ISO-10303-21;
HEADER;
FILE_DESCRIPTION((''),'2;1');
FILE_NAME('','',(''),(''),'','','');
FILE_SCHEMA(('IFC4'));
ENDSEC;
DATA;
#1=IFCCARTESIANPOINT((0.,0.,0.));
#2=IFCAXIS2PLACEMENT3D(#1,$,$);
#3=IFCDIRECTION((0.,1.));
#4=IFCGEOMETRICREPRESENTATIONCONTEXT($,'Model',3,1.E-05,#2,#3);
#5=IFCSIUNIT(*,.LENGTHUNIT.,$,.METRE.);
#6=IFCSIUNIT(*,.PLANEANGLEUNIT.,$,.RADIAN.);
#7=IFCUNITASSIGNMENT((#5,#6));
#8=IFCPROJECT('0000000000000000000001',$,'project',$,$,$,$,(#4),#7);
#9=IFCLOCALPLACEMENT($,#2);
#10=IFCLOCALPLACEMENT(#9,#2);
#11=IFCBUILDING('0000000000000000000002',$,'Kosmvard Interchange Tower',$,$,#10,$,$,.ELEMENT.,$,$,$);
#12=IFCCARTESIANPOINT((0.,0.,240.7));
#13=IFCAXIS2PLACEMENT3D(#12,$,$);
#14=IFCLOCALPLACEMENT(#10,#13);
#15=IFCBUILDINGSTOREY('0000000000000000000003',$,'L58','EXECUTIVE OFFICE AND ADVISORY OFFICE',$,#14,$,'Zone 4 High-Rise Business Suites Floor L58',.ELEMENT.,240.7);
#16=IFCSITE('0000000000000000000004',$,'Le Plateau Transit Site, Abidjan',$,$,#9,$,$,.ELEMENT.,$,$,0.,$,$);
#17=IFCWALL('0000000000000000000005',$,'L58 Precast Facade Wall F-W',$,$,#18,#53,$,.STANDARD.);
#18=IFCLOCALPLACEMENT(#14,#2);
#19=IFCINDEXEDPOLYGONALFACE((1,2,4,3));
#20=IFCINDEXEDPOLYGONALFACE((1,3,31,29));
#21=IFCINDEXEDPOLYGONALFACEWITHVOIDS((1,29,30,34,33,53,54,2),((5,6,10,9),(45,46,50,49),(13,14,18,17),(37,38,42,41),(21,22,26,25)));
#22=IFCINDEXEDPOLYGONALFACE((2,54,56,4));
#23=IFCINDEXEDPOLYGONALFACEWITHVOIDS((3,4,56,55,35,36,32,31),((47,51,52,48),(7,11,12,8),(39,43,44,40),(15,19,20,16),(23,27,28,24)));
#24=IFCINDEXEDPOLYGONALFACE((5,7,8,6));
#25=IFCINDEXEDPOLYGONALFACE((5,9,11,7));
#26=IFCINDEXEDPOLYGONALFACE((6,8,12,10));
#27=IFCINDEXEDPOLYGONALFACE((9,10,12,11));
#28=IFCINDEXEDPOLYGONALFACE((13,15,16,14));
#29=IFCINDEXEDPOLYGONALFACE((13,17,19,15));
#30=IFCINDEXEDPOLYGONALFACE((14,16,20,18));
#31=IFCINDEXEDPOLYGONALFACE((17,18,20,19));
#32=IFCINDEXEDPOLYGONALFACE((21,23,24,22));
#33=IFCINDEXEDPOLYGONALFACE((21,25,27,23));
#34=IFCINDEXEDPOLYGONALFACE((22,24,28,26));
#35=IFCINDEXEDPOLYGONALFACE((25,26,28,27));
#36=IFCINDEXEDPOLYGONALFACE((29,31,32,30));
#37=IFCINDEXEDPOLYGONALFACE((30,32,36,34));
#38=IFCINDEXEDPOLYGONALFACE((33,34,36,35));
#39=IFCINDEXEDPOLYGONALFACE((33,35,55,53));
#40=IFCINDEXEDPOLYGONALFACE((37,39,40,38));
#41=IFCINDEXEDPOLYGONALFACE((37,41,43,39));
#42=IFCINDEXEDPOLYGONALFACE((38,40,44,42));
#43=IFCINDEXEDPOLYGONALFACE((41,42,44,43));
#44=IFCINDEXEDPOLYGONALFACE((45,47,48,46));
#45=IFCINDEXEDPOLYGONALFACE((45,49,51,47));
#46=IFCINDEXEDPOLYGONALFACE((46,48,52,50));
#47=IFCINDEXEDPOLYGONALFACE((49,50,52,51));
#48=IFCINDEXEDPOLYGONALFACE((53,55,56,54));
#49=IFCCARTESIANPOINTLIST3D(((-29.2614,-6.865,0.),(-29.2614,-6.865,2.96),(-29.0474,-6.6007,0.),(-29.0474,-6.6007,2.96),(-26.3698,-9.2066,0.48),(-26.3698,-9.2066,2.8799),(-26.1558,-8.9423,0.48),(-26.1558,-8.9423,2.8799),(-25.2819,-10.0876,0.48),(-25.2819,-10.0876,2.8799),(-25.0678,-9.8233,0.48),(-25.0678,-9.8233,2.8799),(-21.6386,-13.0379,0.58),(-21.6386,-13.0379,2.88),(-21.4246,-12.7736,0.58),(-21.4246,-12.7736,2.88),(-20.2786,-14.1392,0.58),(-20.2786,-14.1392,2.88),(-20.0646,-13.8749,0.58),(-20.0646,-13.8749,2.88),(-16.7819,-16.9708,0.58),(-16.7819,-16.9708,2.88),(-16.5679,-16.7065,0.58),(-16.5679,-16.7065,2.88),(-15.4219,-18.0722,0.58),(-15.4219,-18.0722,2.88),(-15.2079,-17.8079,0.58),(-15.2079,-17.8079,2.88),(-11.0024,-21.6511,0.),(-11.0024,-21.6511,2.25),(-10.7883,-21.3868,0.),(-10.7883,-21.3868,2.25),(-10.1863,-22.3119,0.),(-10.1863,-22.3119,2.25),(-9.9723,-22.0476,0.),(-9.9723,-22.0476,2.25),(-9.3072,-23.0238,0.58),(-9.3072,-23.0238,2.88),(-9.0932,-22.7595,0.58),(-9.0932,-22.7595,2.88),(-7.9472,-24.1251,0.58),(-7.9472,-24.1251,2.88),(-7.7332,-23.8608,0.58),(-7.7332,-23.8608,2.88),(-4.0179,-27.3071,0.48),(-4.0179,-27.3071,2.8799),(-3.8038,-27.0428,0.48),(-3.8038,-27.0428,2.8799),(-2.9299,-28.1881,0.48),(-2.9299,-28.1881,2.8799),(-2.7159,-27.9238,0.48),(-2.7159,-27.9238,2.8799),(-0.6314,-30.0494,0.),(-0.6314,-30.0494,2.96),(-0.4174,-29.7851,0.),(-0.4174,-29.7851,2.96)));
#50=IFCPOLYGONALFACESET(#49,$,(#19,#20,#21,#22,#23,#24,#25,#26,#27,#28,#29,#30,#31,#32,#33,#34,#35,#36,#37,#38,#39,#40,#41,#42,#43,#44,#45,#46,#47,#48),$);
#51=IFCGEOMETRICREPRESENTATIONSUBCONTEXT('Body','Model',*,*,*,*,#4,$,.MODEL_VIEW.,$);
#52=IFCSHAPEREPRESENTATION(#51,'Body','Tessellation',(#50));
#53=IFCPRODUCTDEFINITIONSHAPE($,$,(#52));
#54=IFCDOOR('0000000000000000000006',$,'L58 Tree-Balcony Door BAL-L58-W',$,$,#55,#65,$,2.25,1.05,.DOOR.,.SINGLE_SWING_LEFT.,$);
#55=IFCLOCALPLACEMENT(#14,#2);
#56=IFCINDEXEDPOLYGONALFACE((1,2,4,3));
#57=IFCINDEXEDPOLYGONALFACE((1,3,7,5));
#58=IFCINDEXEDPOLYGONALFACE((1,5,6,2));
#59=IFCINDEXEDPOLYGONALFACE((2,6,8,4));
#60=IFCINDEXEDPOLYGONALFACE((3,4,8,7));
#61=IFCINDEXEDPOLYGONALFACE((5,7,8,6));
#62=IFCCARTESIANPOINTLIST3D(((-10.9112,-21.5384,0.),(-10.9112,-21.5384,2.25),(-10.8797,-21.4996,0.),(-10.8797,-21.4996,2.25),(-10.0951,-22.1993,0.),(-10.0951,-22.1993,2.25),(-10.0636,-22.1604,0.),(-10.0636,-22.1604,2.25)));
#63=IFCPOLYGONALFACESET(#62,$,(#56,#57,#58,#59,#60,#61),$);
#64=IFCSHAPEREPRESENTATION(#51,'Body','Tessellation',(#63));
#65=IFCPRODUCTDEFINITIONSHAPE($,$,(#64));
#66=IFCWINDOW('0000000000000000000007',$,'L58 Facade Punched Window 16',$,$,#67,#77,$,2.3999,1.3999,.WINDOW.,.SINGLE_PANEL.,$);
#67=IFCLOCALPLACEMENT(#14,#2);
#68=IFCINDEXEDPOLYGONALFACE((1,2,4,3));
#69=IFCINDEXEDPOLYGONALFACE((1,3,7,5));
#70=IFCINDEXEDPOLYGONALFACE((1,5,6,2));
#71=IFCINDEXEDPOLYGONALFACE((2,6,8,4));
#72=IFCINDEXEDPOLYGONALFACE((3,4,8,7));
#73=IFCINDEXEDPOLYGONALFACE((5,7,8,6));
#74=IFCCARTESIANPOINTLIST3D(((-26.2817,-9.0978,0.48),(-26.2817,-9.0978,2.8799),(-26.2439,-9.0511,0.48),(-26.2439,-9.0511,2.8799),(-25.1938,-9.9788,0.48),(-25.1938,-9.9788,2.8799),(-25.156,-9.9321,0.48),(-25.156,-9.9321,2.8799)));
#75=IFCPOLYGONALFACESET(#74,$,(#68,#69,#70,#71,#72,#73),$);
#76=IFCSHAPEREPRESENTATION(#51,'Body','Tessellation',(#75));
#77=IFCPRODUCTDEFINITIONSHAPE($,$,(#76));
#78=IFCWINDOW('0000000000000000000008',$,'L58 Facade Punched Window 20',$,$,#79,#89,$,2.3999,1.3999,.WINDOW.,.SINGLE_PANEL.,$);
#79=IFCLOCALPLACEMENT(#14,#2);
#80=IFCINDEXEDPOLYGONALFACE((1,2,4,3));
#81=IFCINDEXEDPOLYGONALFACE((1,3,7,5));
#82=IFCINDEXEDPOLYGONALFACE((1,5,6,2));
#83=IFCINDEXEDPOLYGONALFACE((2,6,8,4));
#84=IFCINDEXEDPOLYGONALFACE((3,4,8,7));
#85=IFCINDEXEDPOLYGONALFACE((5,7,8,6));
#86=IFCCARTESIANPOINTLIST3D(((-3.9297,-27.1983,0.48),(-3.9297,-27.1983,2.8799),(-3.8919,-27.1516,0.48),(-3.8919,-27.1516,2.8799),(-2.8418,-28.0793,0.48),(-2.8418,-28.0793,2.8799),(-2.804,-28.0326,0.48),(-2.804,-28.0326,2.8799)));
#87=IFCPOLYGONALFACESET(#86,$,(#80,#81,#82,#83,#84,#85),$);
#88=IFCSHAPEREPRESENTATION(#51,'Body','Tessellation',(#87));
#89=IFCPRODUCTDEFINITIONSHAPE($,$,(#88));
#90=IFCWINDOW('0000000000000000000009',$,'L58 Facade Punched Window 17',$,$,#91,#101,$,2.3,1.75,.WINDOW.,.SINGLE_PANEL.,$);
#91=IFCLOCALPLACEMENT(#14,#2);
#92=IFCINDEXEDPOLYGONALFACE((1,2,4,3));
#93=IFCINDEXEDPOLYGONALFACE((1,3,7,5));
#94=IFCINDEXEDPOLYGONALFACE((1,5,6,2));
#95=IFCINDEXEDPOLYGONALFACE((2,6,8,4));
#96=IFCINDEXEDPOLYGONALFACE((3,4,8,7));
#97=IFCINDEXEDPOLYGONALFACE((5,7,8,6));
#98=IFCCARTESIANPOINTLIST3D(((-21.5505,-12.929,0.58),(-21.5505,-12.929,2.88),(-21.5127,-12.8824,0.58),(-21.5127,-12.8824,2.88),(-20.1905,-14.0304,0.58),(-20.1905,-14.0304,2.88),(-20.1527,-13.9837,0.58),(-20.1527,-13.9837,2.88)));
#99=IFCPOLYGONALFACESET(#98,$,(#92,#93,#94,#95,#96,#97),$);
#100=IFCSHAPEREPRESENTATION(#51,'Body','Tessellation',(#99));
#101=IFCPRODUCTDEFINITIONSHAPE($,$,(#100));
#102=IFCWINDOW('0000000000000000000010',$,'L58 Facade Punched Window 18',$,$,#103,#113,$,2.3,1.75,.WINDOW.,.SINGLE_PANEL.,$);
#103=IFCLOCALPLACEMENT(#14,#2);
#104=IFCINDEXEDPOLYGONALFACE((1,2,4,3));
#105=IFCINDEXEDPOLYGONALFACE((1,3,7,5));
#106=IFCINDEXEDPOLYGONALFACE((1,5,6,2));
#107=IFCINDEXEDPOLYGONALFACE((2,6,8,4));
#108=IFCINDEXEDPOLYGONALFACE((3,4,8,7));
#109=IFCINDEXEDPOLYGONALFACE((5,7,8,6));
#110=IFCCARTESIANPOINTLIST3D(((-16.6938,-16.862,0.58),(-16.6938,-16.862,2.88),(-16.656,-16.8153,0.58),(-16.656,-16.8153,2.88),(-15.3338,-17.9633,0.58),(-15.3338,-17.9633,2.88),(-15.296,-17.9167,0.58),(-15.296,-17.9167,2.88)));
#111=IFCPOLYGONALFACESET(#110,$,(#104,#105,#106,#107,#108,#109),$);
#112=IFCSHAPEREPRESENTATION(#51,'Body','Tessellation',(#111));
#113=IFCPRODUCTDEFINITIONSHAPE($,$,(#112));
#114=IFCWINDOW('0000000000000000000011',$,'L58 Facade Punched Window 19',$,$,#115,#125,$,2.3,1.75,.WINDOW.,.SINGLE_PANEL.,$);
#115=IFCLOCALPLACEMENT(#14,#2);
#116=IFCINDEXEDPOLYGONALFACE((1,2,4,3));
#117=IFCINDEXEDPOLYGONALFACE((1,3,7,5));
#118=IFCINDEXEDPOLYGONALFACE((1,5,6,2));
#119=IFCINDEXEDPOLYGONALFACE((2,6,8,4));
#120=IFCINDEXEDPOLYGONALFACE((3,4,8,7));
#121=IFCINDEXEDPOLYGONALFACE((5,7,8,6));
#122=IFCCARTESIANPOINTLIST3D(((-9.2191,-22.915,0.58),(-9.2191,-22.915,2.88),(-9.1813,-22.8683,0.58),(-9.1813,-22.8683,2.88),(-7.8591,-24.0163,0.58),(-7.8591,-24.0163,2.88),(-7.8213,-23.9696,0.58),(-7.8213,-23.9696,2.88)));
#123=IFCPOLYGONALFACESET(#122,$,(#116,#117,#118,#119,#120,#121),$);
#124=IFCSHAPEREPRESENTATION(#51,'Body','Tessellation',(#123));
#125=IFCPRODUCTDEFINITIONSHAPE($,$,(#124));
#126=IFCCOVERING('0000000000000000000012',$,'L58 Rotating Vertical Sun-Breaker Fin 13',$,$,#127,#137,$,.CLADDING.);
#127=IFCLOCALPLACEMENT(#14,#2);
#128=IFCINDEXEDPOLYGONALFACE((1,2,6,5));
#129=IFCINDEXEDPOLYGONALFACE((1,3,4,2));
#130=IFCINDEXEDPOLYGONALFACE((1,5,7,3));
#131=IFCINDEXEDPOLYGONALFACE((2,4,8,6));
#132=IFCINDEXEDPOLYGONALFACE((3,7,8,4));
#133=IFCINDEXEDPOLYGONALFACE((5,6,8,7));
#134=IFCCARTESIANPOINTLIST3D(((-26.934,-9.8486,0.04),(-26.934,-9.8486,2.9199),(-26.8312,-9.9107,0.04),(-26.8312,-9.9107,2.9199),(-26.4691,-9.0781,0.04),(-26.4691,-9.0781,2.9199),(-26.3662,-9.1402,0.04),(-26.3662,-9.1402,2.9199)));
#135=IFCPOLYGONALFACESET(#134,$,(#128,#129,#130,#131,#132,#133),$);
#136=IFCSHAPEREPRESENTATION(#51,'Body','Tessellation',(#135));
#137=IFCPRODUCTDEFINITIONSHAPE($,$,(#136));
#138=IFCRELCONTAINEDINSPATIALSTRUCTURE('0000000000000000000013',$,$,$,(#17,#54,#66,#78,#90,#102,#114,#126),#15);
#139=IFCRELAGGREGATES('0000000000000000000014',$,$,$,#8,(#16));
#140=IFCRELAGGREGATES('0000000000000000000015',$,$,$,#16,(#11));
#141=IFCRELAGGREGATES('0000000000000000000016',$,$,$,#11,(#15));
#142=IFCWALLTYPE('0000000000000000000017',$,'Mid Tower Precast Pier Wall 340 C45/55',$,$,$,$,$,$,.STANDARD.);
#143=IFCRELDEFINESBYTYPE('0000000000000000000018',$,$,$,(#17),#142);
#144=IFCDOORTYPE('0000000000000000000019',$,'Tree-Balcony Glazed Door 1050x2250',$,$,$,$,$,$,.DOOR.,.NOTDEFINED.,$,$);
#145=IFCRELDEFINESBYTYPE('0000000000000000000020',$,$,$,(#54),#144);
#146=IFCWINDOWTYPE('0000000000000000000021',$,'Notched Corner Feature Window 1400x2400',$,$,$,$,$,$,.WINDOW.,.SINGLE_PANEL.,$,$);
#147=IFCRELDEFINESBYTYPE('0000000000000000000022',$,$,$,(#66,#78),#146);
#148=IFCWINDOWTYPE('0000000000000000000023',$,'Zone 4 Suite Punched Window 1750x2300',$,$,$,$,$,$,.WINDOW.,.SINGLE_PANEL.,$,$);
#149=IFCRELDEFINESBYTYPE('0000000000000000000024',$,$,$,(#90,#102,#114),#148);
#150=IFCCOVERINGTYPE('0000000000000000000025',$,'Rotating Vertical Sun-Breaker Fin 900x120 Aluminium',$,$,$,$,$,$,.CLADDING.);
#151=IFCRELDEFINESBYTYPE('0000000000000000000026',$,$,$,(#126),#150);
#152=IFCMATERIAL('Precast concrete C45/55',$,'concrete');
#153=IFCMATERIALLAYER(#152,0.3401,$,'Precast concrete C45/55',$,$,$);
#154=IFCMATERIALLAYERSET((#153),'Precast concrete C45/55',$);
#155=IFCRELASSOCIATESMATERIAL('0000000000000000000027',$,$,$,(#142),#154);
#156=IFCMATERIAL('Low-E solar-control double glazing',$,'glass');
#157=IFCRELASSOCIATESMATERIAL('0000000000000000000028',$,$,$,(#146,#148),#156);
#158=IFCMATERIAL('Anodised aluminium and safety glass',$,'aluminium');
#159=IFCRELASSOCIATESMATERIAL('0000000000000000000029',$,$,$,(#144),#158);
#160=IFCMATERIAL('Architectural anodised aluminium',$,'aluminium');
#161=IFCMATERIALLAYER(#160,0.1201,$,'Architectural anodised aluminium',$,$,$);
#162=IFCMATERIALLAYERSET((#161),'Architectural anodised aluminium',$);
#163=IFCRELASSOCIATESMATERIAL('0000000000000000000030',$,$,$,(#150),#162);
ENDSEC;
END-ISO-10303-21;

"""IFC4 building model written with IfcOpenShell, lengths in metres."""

from ifc_helpers import new_model, si_unit, direction, frame, frame_2d, origin, origin_2d, place, context, subcontext, project, spatial, rectangle, extrude, source, transform, mapped, material, layer, layer_set, type_object, element, fill, save


model = new_model("IFC4")

# Units and contexts
model_context = context("Model", 3, precision=1e-05, world=origin(), true_north=direction((0.0, 1.0)))
body_context = subcontext(model_context, "Body", "Model", "MODEL_VIEW")
ifc_project = project(units=[si_unit("LENGTHUNIT", "METRE"), si_unit("PLANEANGLEUNIT", "RADIAN")], contexts=[model_context])

# Site, building, storey
site_placement = place(None, origin())
site = spatial("IfcSite", under=ifc_project, at=site_placement, Name="Le Plateau Transit Site, Abidjan", CompositionType="ELEMENT", RefElevation=0.0)
building_placement = place(site_placement, origin())
building = spatial("IfcBuilding", under=site, at=building_placement, Name="Kosmvard Interchange Tower", CompositionType="ELEMENT")
storey_placement = place(building_placement, frame((0.0, 0.0, 240.7)))
storey = spatial("IfcBuildingStorey", under=building, at=storey_placement, Name="L58", Description="EXECUTIVE OFFICE AND ADVISORY OFFICE", LongName="Zone 4 High-Rise Business Suites Floor L58", CompositionType="ELEMENT", Elevation=240.7)

# Shared definitions
ifc_material_1 = material(Name="Precast concrete C45/55", Category="concrete")
ifc_layer_1 = layer(ifc_material_1, 0.3401, Name="Precast concrete C45/55")
ifc_layer_set_1 = layer_set([ifc_layer_1], Name="Precast concrete C45/55")
wall_type_1 = type_object("IfcWallType", Name="Mid Tower Precast Pier Wall 340 C45/55", PredefinedType="STANDARD", material=ifc_layer_set_1)
ifc_material_2 = material(Name="Low-E solar-control double glazing", Category="glass")
window_type_1 = type_object("IfcWindowType", Name="Notched Corner Feature Window 1400x2400", PartitioningType="SINGLE_PANEL", PredefinedType="WINDOW", material=ifc_material_2)
shared_shape_1 = source(origin(), body_context, "Body", "SweptSolid", [
    extrude(rectangle(XDim=1.3999, YDim=2.3999, at=frame_2d((0.7, 1.2))), frame((0.0, 0.03, 0.0), z_axis=(0.0, -1.0, 0.0), x_axis=(1.0, 0.0, 0.0)), (0.0, 0.0, 1.0), 0.0601),
])

# Wall, openings, door, windows
wall_1_placement = place(storey_placement, frame((-29.1543, -6.7329, 0.0), z_axis=(0.0, 0.0, 1.0), x_axis=(0.777142, -0.629325, 0.0)))
wall_1 = element("IfcWall", 1, at=wall_1_placement, inside=storey, type_object=wall_type_1, Name="L58 Precast Facade Wall F-W", PredefinedType="STANDARD", context=body_context, shape_type="SweptSolid", body=[
    extrude(rectangle(XDim=36.8401, YDim=0.3401, at=frame_2d((18.4199, 0.0))), origin(), (0.0, 0.0, 1.0), 2.96),
])
opening_1_placement = place(wall_1_placement, frame((23.4951, 0.0, 0.0)))
opening_1 = element("IfcOpeningElement", 2, at=opening_1_placement, cuts=wall_1, PredefinedType="OPENING", context=body_context, shape_type="SweptSolid", body=[
    extrude(rectangle(XDim=1.05, YDim=2.25, at=frame_2d((0.5249, 1.125))), frame((0.0, 0.1802, 0.0), z_axis=(0.0, -1.0, 0.0), x_axis=(1.0, 0.0, 0.0)), (0.0, 0.0, 1.0), 0.3601),
])
opening_2_placement = place(wall_1_placement, frame((3.7207, 0.0, 0.48)))
opening_2 = element("IfcOpeningElement", 3, at=opening_2_placement, cuts=wall_1, PredefinedType="OPENING", context=body_context, shape_type="SweptSolid", body=[
    extrude(rectangle(XDim=1.3999, YDim=2.3999, at=frame_2d((0.7, 1.2))), frame((0.0, 0.1802, 0.0), z_axis=(0.0, -1.0, 0.0), x_axis=(1.0, 0.0, 0.0)), (0.0, 0.0, 1.0), 0.3601),
])
opening_3_placement = place(wall_1_placement, frame((9.8086, 0.0, 0.5801)))
opening_3 = element("IfcOpeningElement", 4, at=opening_3_placement, cuts=wall_1, PredefinedType="OPENING", context=body_context, shape_type="SweptSolid", body=[
    extrude(rectangle(XDim=1.75, YDim=2.3, at=frame_2d((0.875, 1.1499))), frame((0.0, 0.1802, 0.0), z_axis=(0.0, -1.0, 0.0), x_axis=(1.0, 0.0, 0.0)), (0.0, 0.0, 1.0), 0.3601),
])
opening_4_placement = place(wall_1_placement, frame((16.0581, 0.0, 0.5801)))
opening_4 = element("IfcOpeningElement", 5, at=opening_4_placement, cuts=wall_1, PredefinedType="OPENING", context=body_context, shape_type="SweptSolid", body=[
    extrude(rectangle(XDim=1.75, YDim=2.3, at=frame_2d((0.875, 1.1499))), frame((0.0, 0.1802, 0.0), z_axis=(0.0, -1.0, 0.0), x_axis=(1.0, 0.0, 0.0)), (0.0, 0.0, 1.0), 0.3601),
])
opening_5_placement = place(wall_1_placement, frame((25.6763, 0.0, 0.5801)))
opening_5 = element("IfcOpeningElement", 6, at=opening_5_placement, cuts=wall_1, PredefinedType="OPENING", context=body_context, shape_type="SweptSolid", body=[
    extrude(rectangle(XDim=1.75, YDim=2.3, at=frame_2d((0.875, 1.1499))), frame((0.0, 0.1802, 0.0), z_axis=(0.0, -1.0, 0.0), x_axis=(1.0, 0.0, 0.0)), (0.0, 0.0, 1.0), 0.3601),
])
opening_6_placement = place(wall_1_placement, frame((32.4824, 0.0, 0.48)))
opening_6 = element("IfcOpeningElement", 7, at=opening_6_placement, cuts=wall_1, PredefinedType="OPENING", context=body_context, shape_type="SweptSolid", body=[
    extrude(rectangle(XDim=1.3999, YDim=2.3999, at=frame_2d((0.7, 1.2))), frame((0.0, 0.1802, 0.0), z_axis=(0.0, -1.0, 0.0), x_axis=(1.0, 0.0, 0.0)), (0.0, 0.0, 1.0), 0.3601),
])
ifc_material_3 = material(Name="Anodised aluminium and safety glass", Category="aluminium")
door_type_1 = type_object("IfcDoorType", Name="Tree-Balcony Glazed Door 1050x2250", OperationType="NOTDEFINED", PredefinedType="DOOR", material=ifc_material_3)
shared_shape_2 = source(origin(), body_context, "Body", "SweptSolid", [
    extrude(rectangle(XDim=1.05, YDim=2.25, at=frame_2d((0.5249, 1.125))), frame((0.0, 0.0249, 0.0), z_axis=(0.0, -1.0, 0.0), x_axis=(1.0, 0.0, 0.0)), (0.0, 0.0, 1.0), 0.05),
])
door_1_placement = place(opening_1_placement, origin())
door_1 = element("IfcDoor", 8, at=door_1_placement, inside=storey, type_object=door_type_1, Name="L58 Tree-Balcony Door BAL-L58-W", OperationType="SINGLE_SWING_LEFT", OverallHeight=2.25, OverallWidth=1.05, PredefinedType="DOOR", context=body_context, shape_type="MappedRepresentation", body=[
    mapped(shared_shape_2, transform((0.0, 0.0, 0.0), scale=1.0)),
])
fill(opening_1, door_1)
window_1_placement = place(opening_2_placement, origin())
window_1 = element("IfcWindow", 9, at=window_1_placement, inside=storey, type_object=window_type_1, Name="L58 Facade Punched Window 16", OverallHeight=2.3999, OverallWidth=1.3999, PartitioningType="SINGLE_PANEL", PredefinedType="WINDOW", context=body_context, shape_type="MappedRepresentation", body=[
    mapped(shared_shape_1, transform((0.0, 0.0, 0.0), scale=1.0)),
])
fill(opening_2, window_1)
window_2_placement = place(opening_6_placement, origin())
window_2 = element("IfcWindow", 10, at=window_2_placement, inside=storey, type_object=window_type_1, Name="L58 Facade Punched Window 20", OverallHeight=2.3999, OverallWidth=1.3999, PartitioningType="SINGLE_PANEL", PredefinedType="WINDOW", context=body_context, shape_type="MappedRepresentation", body=[
    mapped(shared_shape_1, transform((0.0, 0.0, 0.0), scale=1.0)),
])
fill(opening_6, window_2)
window_type_2 = type_object("IfcWindowType", Name="Zone 4 Suite Punched Window 1750x2300", PartitioningType="SINGLE_PANEL", PredefinedType="WINDOW", material=ifc_material_2)
shared_shape_3 = source(origin(), body_context, "Body", "SweptSolid", [
    extrude(rectangle(XDim=1.75, YDim=2.3, at=frame_2d((0.875, 1.1499))), frame((0.0, 0.03, 0.0), z_axis=(0.0, -1.0, 0.0), x_axis=(1.0, 0.0, 0.0)), (0.0, 0.0, 1.0), 0.0601),
])
window_3_placement = place(opening_3_placement, origin())
window_3 = element("IfcWindow", 11, at=window_3_placement, inside=storey, type_object=window_type_2, Name="L58 Facade Punched Window 17", OverallHeight=2.3, OverallWidth=1.75, PartitioningType="SINGLE_PANEL", PredefinedType="WINDOW", context=body_context, shape_type="MappedRepresentation", body=[
    mapped(shared_shape_3, transform((0.0, 0.0, 0.0), scale=1.0)),
])
fill(opening_3, window_3)
window_4_placement = place(opening_4_placement, origin())
window_4 = element("IfcWindow", 12, at=window_4_placement, inside=storey, type_object=window_type_2, Name="L58 Facade Punched Window 18", OverallHeight=2.3, OverallWidth=1.75, PartitioningType="SINGLE_PANEL", PredefinedType="WINDOW", context=body_context, shape_type="MappedRepresentation", body=[
    mapped(shared_shape_3, transform((0.0, 0.0, 0.0), scale=1.0)),
])
fill(opening_4, window_4)
window_5_placement = place(opening_5_placement, origin())
window_5 = element("IfcWindow", 13, at=window_5_placement, inside=storey, type_object=window_type_2, Name="L58 Facade Punched Window 19", OverallHeight=2.3, OverallWidth=1.75, PartitioningType="SINGLE_PANEL", PredefinedType="WINDOW", context=body_context, shape_type="MappedRepresentation", body=[
    mapped(shared_shape_3, transform((0.0, 0.0, 0.0), scale=1.0)),
])
fill(opening_5, window_5)

# Covering
ifc_material_4 = material(Name="Architectural anodised aluminium", Category="aluminium")
ifc_layer_2 = layer(ifc_material_4, 0.1201, Name="Architectural anodised aluminium")
ifc_layer_set_2 = layer_set([ifc_layer_2], Name="Architectural anodised aluminium")
covering_type = type_object("IfcCoveringType", Name="Rotating Vertical Sun-Breaker Fin 900x120 Aluminium", PredefinedType="CLADDING", material=ifc_layer_set_2)
shared_shape_4 = source(origin(), body_context, "Body", "SweptSolid", [
    extrude(rectangle(XDim=0.8999, YDim=0.1201, at=origin_2d()), origin(), (0.0, 0.0, 1.0), 2.8799),
])
covering_placement = place(storey_placement, frame((-26.6501, -9.4944, 0.04), z_axis=(0.0, 0.0, 1.0), x_axis=(-0.516683, -0.856177, 0.0)))
element("IfcCovering", 14, at=covering_placement, inside=storey, type_object=covering_type, Name="L58 Rotating Vertical Sun-Breaker Fin 13", PredefinedType="CLADDING", context=body_context, shape_type="MappedRepresentation", body=[
    mapped(shared_shape_4, transform((0.0, 0.0, 0.0), scale=1.0)),
])

save(model, "model.ifc")
